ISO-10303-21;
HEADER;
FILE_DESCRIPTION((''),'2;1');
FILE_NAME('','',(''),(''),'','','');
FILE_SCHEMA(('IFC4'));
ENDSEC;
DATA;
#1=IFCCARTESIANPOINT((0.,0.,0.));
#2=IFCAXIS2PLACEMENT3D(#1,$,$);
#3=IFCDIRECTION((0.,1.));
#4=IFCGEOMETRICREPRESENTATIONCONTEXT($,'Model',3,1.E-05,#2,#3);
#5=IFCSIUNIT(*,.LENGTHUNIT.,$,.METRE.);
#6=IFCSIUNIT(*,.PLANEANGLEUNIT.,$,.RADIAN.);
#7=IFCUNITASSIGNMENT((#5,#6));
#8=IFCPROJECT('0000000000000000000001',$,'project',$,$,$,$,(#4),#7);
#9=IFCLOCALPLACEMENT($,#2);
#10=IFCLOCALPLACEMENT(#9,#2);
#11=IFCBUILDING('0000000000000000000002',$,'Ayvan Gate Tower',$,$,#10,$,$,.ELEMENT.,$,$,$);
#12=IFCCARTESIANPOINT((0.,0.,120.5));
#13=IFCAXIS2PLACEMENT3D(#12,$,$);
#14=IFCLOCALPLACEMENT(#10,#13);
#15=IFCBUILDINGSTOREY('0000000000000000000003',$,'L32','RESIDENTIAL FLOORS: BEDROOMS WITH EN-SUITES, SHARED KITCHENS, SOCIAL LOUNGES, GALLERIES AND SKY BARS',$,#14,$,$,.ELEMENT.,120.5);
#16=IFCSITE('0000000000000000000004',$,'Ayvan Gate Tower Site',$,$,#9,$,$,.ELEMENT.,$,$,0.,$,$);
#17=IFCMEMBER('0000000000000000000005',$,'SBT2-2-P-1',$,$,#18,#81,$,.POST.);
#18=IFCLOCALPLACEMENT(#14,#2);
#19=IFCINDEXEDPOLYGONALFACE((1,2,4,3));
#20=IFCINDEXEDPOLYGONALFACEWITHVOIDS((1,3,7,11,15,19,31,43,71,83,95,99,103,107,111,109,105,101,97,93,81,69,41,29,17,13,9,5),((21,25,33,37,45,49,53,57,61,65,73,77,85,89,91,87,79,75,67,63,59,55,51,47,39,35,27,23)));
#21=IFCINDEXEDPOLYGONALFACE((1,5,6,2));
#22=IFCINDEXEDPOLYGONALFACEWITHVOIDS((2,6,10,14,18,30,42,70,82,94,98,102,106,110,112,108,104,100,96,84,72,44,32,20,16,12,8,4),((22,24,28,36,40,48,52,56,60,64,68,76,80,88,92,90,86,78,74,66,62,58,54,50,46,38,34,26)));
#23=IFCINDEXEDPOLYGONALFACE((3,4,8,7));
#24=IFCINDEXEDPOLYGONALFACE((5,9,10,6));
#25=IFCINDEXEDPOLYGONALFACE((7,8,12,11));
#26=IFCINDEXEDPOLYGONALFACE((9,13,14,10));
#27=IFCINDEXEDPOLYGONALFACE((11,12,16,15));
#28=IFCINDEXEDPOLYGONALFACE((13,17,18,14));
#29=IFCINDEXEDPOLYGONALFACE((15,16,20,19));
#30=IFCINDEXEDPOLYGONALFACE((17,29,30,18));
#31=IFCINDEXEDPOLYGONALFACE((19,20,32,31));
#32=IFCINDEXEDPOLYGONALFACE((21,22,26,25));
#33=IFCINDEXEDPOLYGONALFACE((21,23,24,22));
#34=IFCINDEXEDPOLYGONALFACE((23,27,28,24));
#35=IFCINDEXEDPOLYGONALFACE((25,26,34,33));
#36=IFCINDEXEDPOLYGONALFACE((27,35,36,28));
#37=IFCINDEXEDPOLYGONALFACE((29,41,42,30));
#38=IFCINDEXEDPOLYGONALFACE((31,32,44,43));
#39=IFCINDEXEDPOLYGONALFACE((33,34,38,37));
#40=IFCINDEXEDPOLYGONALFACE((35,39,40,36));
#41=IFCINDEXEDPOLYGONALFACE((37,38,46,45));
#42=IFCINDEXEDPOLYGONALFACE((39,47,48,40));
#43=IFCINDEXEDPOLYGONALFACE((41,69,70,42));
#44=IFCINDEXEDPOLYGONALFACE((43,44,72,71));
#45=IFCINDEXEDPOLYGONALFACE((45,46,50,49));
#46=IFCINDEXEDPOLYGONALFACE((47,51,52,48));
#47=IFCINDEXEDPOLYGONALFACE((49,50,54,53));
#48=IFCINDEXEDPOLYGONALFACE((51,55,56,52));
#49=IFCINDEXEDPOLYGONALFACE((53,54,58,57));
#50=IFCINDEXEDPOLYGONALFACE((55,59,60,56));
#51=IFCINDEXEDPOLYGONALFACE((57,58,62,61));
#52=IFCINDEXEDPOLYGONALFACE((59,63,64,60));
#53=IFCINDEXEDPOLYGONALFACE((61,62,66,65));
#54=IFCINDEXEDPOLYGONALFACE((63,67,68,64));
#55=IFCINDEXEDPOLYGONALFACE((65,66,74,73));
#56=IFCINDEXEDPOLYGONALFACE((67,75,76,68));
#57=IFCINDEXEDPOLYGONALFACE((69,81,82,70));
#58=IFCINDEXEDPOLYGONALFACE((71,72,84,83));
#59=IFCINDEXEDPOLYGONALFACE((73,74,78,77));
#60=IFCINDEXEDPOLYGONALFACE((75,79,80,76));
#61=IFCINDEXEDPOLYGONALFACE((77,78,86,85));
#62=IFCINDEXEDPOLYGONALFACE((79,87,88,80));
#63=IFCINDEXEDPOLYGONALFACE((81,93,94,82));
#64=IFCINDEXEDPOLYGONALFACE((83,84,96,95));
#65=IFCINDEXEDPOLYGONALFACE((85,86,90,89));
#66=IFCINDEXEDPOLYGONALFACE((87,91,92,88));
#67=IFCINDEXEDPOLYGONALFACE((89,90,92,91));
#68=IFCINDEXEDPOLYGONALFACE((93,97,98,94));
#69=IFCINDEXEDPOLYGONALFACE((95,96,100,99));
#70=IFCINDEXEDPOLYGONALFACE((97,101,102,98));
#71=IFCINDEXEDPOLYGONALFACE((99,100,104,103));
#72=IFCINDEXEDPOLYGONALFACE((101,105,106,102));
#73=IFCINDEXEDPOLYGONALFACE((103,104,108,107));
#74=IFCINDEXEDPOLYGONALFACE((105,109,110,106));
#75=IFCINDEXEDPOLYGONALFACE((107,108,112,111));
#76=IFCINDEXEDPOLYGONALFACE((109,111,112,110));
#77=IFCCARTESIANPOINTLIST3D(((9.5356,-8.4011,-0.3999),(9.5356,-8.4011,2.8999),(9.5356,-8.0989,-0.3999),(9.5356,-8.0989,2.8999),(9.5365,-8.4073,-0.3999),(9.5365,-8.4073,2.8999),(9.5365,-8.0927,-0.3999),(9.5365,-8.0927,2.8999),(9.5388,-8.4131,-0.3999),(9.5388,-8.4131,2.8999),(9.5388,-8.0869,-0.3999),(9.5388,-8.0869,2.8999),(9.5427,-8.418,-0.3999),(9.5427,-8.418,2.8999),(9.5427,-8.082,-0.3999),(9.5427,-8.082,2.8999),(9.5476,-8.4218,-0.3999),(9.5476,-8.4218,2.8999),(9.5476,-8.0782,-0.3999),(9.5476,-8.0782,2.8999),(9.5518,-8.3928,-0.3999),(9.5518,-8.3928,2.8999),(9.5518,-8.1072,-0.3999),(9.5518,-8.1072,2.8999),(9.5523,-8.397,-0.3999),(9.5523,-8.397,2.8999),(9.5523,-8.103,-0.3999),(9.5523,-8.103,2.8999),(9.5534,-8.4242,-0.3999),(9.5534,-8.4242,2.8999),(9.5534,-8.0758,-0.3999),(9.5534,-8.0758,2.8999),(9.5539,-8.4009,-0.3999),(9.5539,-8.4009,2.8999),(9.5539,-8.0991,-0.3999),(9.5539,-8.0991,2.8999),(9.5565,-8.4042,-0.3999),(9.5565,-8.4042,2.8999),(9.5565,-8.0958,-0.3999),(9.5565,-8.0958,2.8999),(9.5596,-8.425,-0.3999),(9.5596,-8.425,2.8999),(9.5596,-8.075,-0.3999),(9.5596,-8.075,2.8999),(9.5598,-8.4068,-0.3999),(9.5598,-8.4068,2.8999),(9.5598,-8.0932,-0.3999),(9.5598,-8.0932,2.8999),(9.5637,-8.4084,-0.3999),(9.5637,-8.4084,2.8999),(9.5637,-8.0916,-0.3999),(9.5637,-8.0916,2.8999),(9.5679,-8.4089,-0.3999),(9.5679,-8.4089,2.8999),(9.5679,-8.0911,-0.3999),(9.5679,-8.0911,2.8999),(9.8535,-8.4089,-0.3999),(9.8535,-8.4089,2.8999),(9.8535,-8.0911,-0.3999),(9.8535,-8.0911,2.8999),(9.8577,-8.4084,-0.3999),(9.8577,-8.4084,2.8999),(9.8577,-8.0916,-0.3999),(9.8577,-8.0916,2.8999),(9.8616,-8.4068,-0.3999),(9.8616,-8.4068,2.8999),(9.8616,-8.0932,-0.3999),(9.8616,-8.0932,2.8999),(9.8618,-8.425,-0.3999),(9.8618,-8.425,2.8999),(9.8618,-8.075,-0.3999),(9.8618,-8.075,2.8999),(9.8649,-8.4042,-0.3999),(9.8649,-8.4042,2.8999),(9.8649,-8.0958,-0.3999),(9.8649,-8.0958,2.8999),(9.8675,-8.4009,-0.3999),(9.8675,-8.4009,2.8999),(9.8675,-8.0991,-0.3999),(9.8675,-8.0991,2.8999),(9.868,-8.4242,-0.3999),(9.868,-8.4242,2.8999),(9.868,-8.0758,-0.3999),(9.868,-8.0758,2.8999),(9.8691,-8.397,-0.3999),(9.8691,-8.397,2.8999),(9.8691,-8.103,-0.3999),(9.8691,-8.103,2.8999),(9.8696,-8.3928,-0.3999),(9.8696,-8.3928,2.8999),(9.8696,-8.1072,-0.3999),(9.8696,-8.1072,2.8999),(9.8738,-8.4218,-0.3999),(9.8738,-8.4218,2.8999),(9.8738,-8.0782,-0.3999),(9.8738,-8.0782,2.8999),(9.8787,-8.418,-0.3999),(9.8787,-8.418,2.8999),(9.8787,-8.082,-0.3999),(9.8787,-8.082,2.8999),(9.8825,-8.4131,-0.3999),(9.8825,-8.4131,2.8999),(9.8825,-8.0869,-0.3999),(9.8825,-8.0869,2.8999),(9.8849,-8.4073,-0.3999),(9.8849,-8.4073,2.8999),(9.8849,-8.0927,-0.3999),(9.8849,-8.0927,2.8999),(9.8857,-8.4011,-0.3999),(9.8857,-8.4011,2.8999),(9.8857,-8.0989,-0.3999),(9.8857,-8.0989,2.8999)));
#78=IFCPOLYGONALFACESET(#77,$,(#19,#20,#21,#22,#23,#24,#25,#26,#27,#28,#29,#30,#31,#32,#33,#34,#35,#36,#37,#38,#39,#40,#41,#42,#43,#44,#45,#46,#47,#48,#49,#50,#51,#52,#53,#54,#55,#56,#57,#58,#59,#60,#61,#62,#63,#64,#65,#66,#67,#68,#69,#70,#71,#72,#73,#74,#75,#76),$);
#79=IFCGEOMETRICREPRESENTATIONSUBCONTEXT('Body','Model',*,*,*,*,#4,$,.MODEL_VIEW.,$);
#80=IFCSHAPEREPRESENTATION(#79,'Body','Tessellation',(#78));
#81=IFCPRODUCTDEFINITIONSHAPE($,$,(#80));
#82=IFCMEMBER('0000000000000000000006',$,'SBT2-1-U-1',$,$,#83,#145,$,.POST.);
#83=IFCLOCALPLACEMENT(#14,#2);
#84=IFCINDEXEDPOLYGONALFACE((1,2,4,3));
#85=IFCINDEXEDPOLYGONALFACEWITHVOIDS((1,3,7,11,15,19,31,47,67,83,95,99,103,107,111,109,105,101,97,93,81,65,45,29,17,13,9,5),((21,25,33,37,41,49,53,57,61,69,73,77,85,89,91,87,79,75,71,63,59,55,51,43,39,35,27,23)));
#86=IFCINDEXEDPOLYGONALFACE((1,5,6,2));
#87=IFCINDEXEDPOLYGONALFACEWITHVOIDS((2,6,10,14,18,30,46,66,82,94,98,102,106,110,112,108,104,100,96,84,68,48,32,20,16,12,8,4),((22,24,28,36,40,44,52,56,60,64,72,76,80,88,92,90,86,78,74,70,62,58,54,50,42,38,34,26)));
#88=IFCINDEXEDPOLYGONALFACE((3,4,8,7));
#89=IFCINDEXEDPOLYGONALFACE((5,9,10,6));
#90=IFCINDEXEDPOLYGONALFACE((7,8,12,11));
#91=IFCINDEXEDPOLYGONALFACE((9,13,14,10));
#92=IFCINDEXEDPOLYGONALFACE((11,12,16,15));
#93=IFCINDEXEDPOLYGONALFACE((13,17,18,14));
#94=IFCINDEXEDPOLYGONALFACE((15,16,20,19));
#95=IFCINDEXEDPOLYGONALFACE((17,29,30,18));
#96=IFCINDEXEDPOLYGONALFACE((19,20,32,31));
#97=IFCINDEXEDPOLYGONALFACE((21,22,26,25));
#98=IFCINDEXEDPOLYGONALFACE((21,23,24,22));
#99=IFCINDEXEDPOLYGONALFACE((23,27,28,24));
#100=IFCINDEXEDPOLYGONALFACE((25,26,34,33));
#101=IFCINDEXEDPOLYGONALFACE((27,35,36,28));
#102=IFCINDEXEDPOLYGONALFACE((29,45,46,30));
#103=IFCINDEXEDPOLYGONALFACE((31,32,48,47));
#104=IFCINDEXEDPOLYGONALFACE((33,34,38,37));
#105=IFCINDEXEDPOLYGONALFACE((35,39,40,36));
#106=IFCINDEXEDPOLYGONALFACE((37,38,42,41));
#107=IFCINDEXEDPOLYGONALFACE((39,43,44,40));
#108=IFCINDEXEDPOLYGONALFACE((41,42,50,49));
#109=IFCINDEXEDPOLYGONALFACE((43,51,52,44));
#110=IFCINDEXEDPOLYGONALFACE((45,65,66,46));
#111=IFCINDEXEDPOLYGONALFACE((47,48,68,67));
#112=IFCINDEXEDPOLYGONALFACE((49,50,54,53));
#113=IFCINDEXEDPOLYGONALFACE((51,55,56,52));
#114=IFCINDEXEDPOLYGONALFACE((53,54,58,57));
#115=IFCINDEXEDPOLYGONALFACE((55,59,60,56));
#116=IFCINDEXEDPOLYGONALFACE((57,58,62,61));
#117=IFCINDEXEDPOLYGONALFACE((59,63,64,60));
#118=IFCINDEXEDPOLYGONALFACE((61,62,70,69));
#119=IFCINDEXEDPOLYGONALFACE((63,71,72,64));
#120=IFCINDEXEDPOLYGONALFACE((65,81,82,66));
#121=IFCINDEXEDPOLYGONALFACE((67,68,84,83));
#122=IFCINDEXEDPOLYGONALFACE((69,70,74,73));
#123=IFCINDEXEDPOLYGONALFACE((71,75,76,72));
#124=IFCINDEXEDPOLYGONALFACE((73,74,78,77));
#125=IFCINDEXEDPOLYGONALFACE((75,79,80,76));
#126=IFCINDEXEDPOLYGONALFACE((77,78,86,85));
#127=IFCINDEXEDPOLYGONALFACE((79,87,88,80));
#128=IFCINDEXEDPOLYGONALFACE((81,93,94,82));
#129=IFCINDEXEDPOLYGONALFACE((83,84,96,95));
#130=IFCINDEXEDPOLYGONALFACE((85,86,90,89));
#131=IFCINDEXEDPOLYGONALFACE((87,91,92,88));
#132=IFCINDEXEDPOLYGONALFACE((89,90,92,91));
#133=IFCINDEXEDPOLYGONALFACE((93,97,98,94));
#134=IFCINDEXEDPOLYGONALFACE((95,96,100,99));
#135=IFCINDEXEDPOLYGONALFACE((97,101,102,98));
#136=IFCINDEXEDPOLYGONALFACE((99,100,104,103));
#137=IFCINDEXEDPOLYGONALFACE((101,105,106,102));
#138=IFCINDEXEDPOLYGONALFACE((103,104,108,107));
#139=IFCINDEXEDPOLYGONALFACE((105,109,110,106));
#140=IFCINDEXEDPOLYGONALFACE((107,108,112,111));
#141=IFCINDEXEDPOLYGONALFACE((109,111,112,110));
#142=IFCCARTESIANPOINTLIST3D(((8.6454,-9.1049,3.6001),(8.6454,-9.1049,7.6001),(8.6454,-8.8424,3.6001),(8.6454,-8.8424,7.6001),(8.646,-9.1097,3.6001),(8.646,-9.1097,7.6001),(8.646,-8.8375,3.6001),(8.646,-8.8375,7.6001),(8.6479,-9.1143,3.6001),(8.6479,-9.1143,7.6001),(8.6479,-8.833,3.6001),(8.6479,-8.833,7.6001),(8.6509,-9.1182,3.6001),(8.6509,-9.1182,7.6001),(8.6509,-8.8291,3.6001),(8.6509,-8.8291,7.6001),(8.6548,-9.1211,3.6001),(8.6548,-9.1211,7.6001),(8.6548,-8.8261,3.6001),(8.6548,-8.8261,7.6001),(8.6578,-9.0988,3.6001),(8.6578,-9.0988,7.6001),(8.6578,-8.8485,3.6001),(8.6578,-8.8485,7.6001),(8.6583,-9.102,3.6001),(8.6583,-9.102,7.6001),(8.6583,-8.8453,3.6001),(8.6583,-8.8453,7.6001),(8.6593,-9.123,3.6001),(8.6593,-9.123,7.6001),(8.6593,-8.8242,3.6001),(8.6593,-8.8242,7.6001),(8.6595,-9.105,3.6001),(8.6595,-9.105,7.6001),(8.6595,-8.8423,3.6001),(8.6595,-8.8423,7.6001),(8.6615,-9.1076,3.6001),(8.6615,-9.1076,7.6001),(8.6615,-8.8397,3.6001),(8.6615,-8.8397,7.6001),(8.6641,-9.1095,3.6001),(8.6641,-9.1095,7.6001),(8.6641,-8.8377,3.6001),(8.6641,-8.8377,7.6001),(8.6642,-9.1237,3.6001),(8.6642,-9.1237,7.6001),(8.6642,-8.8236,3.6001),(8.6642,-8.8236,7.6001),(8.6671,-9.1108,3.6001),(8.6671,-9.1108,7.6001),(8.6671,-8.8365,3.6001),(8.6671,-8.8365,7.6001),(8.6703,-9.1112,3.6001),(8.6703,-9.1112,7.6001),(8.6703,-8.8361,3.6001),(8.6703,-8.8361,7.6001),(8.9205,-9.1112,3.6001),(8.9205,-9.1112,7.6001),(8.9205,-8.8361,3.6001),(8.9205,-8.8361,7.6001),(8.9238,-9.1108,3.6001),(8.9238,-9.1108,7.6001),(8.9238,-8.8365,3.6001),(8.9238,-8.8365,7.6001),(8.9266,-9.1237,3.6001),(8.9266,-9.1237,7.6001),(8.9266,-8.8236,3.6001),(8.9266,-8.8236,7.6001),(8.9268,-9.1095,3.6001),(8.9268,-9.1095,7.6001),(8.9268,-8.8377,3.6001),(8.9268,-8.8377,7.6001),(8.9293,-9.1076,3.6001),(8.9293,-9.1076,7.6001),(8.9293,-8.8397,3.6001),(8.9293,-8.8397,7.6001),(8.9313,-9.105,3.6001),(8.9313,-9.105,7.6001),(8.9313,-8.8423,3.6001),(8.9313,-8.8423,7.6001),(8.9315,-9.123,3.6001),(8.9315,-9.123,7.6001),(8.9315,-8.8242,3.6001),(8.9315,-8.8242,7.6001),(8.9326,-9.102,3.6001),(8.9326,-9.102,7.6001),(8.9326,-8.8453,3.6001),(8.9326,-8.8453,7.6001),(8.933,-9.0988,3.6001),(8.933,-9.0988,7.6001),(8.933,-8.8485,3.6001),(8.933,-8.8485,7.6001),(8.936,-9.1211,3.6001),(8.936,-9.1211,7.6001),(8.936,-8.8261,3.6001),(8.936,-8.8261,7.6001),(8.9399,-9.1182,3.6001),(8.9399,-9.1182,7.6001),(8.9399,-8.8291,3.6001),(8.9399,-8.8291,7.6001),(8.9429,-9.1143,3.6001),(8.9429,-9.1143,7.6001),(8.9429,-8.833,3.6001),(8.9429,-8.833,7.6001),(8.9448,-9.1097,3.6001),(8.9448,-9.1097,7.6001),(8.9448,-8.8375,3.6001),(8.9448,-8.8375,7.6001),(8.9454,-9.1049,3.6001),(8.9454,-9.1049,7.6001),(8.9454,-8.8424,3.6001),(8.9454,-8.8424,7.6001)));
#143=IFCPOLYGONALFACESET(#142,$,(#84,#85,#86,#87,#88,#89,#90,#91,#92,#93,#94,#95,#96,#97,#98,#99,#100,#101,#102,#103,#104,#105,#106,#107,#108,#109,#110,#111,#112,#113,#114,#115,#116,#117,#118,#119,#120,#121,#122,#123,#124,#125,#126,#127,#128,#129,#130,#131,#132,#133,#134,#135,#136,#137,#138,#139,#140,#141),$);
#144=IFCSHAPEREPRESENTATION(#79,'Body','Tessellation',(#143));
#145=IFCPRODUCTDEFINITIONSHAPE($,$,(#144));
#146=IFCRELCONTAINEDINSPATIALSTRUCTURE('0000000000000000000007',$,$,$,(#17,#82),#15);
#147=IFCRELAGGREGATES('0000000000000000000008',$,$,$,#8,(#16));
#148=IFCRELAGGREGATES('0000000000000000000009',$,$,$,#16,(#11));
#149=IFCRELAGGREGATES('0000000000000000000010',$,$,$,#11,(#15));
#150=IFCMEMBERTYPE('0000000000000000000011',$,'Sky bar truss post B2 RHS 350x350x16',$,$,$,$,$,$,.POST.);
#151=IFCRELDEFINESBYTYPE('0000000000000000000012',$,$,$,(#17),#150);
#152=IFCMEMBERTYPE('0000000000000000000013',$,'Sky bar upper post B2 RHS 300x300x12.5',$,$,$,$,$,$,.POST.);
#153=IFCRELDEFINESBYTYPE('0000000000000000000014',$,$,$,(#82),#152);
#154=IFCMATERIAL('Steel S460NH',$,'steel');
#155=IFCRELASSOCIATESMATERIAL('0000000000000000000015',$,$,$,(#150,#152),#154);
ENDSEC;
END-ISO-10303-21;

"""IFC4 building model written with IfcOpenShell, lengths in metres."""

from ifc_helpers import new_model, si_unit, direction, frame, origin, origin_2d, place, context, subcontext, project, spatial, hollow_rectangle, extrude, material, material_profile, profile_set, type_object, element, save


model = new_model("IFC4")

# Units and contexts
model_context = context("Model", 3, precision=1e-05, world=origin(), true_north=direction((0.0, 1.0)))
body_context = subcontext(model_context, "Body", "Model", "MODEL_VIEW")
ifc_project = project(units=[si_unit("LENGTHUNIT", "METRE"), si_unit("PLANEANGLEUNIT", "RADIAN")], contexts=[model_context])

# Site, building, storey
site_placement = place(None, origin())
site = spatial("IfcSite", under=ifc_project, at=site_placement, Name="Ayvan Gate Tower Site", CompositionType="ELEMENT", RefElevation=0.0)
building_placement = place(site_placement, origin())
building = spatial("IfcBuilding", under=site, at=building_placement, Name="Ayvan Gate Tower", CompositionType="ELEMENT")
storey_placement = place(building_placement, frame((0.0, 0.0, 120.5)))
storey = spatial("IfcBuildingStorey", under=building, at=storey_placement, Name="L32", Description="RESIDENTIAL FLOORS: BEDROOMS WITH EN-SUITES, SHARED KITCHENS, SOCIAL LOUNGES, GALLERIES AND SKY BARS", CompositionType="ELEMENT", Elevation=120.5)

# Members
ifc_material_1 = material(Name="Steel S460NH", Category="steel")
ifc_material_profile_1 = material_profile(ifc_material_1, hollow_rectangle(XDim=0.3501, YDim=0.3501, WallThickness=0.0161, InnerFilletRadius=0.0161, OuterFilletRadius=0.0239, at=origin_2d()), Name="RHS 350x350x16")
ifc_profile_set_1 = profile_set([ifc_material_profile_1], Name="Steel S460NH")
member_type_1 = type_object("IfcMemberType", Name="Sky bar truss post B2 RHS 350x350x16", PredefinedType="POST", material=ifc_profile_set_1)
member_placement = place(storey_placement, frame((9.7107, -8.25, -0.3999), z_axis=(0.0, 0.0, 1.0), x_axis=(1.0, 0.0, 0.0)))
element("IfcMember", 1, at=member_placement, inside=storey, type_object=member_type_1, Name="SBT2-2-P-1", PredefinedType="POST", context=body_context, shape_type="SweptSolid", body=[
    extrude(hollow_rectangle(XDim=0.3501, YDim=0.3501, WallThickness=0.0161, InnerFilletRadius=0.0161, OuterFilletRadius=0.0239, at=origin_2d()), origin(), (0.0, 0.0, 1.0), 3.2998),
])
ifc_material_profile_2 = material_profile(ifc_material_1, hollow_rectangle(XDim=0.3, YDim=0.3, WallThickness=0.0125, InnerFilletRadius=0.0125, OuterFilletRadius=0.0188, at=origin_2d()), Name="RHS 300x300x12.5")
ifc_profile_set_2 = profile_set([ifc_material_profile_2], Name="Steel S460NH")
member_type_2 = type_object("IfcMemberType", Name="Sky bar upper post B2 RHS 300x300x12.5", PredefinedType="POST", material=ifc_profile_set_2)
for number, where, z_axis, x_axis, name in (
    (2, (8.7954, -8.9736, 3.6001), (0.0, 0.0, 1.0), (1.0, 0.0, 0.0), "SBT2-1-U-1"),
):
    element("IfcMember", number, at=place(storey_placement, frame(where, z_axis=z_axis, x_axis=x_axis)), inside=storey, type_object=member_type_2, Name=name, PredefinedType="POST", context=body_context, shape_type="SweptSolid", body=[
        extrude(hollow_rectangle(XDim=0.3, YDim=0.3, WallThickness=0.0125, InnerFilletRadius=0.0125, OuterFilletRadius=0.0188, at=origin_2d()), origin(), (0.0, 0.0, 1.0), 4.0),
    ])

save(model, "model.ifc")
